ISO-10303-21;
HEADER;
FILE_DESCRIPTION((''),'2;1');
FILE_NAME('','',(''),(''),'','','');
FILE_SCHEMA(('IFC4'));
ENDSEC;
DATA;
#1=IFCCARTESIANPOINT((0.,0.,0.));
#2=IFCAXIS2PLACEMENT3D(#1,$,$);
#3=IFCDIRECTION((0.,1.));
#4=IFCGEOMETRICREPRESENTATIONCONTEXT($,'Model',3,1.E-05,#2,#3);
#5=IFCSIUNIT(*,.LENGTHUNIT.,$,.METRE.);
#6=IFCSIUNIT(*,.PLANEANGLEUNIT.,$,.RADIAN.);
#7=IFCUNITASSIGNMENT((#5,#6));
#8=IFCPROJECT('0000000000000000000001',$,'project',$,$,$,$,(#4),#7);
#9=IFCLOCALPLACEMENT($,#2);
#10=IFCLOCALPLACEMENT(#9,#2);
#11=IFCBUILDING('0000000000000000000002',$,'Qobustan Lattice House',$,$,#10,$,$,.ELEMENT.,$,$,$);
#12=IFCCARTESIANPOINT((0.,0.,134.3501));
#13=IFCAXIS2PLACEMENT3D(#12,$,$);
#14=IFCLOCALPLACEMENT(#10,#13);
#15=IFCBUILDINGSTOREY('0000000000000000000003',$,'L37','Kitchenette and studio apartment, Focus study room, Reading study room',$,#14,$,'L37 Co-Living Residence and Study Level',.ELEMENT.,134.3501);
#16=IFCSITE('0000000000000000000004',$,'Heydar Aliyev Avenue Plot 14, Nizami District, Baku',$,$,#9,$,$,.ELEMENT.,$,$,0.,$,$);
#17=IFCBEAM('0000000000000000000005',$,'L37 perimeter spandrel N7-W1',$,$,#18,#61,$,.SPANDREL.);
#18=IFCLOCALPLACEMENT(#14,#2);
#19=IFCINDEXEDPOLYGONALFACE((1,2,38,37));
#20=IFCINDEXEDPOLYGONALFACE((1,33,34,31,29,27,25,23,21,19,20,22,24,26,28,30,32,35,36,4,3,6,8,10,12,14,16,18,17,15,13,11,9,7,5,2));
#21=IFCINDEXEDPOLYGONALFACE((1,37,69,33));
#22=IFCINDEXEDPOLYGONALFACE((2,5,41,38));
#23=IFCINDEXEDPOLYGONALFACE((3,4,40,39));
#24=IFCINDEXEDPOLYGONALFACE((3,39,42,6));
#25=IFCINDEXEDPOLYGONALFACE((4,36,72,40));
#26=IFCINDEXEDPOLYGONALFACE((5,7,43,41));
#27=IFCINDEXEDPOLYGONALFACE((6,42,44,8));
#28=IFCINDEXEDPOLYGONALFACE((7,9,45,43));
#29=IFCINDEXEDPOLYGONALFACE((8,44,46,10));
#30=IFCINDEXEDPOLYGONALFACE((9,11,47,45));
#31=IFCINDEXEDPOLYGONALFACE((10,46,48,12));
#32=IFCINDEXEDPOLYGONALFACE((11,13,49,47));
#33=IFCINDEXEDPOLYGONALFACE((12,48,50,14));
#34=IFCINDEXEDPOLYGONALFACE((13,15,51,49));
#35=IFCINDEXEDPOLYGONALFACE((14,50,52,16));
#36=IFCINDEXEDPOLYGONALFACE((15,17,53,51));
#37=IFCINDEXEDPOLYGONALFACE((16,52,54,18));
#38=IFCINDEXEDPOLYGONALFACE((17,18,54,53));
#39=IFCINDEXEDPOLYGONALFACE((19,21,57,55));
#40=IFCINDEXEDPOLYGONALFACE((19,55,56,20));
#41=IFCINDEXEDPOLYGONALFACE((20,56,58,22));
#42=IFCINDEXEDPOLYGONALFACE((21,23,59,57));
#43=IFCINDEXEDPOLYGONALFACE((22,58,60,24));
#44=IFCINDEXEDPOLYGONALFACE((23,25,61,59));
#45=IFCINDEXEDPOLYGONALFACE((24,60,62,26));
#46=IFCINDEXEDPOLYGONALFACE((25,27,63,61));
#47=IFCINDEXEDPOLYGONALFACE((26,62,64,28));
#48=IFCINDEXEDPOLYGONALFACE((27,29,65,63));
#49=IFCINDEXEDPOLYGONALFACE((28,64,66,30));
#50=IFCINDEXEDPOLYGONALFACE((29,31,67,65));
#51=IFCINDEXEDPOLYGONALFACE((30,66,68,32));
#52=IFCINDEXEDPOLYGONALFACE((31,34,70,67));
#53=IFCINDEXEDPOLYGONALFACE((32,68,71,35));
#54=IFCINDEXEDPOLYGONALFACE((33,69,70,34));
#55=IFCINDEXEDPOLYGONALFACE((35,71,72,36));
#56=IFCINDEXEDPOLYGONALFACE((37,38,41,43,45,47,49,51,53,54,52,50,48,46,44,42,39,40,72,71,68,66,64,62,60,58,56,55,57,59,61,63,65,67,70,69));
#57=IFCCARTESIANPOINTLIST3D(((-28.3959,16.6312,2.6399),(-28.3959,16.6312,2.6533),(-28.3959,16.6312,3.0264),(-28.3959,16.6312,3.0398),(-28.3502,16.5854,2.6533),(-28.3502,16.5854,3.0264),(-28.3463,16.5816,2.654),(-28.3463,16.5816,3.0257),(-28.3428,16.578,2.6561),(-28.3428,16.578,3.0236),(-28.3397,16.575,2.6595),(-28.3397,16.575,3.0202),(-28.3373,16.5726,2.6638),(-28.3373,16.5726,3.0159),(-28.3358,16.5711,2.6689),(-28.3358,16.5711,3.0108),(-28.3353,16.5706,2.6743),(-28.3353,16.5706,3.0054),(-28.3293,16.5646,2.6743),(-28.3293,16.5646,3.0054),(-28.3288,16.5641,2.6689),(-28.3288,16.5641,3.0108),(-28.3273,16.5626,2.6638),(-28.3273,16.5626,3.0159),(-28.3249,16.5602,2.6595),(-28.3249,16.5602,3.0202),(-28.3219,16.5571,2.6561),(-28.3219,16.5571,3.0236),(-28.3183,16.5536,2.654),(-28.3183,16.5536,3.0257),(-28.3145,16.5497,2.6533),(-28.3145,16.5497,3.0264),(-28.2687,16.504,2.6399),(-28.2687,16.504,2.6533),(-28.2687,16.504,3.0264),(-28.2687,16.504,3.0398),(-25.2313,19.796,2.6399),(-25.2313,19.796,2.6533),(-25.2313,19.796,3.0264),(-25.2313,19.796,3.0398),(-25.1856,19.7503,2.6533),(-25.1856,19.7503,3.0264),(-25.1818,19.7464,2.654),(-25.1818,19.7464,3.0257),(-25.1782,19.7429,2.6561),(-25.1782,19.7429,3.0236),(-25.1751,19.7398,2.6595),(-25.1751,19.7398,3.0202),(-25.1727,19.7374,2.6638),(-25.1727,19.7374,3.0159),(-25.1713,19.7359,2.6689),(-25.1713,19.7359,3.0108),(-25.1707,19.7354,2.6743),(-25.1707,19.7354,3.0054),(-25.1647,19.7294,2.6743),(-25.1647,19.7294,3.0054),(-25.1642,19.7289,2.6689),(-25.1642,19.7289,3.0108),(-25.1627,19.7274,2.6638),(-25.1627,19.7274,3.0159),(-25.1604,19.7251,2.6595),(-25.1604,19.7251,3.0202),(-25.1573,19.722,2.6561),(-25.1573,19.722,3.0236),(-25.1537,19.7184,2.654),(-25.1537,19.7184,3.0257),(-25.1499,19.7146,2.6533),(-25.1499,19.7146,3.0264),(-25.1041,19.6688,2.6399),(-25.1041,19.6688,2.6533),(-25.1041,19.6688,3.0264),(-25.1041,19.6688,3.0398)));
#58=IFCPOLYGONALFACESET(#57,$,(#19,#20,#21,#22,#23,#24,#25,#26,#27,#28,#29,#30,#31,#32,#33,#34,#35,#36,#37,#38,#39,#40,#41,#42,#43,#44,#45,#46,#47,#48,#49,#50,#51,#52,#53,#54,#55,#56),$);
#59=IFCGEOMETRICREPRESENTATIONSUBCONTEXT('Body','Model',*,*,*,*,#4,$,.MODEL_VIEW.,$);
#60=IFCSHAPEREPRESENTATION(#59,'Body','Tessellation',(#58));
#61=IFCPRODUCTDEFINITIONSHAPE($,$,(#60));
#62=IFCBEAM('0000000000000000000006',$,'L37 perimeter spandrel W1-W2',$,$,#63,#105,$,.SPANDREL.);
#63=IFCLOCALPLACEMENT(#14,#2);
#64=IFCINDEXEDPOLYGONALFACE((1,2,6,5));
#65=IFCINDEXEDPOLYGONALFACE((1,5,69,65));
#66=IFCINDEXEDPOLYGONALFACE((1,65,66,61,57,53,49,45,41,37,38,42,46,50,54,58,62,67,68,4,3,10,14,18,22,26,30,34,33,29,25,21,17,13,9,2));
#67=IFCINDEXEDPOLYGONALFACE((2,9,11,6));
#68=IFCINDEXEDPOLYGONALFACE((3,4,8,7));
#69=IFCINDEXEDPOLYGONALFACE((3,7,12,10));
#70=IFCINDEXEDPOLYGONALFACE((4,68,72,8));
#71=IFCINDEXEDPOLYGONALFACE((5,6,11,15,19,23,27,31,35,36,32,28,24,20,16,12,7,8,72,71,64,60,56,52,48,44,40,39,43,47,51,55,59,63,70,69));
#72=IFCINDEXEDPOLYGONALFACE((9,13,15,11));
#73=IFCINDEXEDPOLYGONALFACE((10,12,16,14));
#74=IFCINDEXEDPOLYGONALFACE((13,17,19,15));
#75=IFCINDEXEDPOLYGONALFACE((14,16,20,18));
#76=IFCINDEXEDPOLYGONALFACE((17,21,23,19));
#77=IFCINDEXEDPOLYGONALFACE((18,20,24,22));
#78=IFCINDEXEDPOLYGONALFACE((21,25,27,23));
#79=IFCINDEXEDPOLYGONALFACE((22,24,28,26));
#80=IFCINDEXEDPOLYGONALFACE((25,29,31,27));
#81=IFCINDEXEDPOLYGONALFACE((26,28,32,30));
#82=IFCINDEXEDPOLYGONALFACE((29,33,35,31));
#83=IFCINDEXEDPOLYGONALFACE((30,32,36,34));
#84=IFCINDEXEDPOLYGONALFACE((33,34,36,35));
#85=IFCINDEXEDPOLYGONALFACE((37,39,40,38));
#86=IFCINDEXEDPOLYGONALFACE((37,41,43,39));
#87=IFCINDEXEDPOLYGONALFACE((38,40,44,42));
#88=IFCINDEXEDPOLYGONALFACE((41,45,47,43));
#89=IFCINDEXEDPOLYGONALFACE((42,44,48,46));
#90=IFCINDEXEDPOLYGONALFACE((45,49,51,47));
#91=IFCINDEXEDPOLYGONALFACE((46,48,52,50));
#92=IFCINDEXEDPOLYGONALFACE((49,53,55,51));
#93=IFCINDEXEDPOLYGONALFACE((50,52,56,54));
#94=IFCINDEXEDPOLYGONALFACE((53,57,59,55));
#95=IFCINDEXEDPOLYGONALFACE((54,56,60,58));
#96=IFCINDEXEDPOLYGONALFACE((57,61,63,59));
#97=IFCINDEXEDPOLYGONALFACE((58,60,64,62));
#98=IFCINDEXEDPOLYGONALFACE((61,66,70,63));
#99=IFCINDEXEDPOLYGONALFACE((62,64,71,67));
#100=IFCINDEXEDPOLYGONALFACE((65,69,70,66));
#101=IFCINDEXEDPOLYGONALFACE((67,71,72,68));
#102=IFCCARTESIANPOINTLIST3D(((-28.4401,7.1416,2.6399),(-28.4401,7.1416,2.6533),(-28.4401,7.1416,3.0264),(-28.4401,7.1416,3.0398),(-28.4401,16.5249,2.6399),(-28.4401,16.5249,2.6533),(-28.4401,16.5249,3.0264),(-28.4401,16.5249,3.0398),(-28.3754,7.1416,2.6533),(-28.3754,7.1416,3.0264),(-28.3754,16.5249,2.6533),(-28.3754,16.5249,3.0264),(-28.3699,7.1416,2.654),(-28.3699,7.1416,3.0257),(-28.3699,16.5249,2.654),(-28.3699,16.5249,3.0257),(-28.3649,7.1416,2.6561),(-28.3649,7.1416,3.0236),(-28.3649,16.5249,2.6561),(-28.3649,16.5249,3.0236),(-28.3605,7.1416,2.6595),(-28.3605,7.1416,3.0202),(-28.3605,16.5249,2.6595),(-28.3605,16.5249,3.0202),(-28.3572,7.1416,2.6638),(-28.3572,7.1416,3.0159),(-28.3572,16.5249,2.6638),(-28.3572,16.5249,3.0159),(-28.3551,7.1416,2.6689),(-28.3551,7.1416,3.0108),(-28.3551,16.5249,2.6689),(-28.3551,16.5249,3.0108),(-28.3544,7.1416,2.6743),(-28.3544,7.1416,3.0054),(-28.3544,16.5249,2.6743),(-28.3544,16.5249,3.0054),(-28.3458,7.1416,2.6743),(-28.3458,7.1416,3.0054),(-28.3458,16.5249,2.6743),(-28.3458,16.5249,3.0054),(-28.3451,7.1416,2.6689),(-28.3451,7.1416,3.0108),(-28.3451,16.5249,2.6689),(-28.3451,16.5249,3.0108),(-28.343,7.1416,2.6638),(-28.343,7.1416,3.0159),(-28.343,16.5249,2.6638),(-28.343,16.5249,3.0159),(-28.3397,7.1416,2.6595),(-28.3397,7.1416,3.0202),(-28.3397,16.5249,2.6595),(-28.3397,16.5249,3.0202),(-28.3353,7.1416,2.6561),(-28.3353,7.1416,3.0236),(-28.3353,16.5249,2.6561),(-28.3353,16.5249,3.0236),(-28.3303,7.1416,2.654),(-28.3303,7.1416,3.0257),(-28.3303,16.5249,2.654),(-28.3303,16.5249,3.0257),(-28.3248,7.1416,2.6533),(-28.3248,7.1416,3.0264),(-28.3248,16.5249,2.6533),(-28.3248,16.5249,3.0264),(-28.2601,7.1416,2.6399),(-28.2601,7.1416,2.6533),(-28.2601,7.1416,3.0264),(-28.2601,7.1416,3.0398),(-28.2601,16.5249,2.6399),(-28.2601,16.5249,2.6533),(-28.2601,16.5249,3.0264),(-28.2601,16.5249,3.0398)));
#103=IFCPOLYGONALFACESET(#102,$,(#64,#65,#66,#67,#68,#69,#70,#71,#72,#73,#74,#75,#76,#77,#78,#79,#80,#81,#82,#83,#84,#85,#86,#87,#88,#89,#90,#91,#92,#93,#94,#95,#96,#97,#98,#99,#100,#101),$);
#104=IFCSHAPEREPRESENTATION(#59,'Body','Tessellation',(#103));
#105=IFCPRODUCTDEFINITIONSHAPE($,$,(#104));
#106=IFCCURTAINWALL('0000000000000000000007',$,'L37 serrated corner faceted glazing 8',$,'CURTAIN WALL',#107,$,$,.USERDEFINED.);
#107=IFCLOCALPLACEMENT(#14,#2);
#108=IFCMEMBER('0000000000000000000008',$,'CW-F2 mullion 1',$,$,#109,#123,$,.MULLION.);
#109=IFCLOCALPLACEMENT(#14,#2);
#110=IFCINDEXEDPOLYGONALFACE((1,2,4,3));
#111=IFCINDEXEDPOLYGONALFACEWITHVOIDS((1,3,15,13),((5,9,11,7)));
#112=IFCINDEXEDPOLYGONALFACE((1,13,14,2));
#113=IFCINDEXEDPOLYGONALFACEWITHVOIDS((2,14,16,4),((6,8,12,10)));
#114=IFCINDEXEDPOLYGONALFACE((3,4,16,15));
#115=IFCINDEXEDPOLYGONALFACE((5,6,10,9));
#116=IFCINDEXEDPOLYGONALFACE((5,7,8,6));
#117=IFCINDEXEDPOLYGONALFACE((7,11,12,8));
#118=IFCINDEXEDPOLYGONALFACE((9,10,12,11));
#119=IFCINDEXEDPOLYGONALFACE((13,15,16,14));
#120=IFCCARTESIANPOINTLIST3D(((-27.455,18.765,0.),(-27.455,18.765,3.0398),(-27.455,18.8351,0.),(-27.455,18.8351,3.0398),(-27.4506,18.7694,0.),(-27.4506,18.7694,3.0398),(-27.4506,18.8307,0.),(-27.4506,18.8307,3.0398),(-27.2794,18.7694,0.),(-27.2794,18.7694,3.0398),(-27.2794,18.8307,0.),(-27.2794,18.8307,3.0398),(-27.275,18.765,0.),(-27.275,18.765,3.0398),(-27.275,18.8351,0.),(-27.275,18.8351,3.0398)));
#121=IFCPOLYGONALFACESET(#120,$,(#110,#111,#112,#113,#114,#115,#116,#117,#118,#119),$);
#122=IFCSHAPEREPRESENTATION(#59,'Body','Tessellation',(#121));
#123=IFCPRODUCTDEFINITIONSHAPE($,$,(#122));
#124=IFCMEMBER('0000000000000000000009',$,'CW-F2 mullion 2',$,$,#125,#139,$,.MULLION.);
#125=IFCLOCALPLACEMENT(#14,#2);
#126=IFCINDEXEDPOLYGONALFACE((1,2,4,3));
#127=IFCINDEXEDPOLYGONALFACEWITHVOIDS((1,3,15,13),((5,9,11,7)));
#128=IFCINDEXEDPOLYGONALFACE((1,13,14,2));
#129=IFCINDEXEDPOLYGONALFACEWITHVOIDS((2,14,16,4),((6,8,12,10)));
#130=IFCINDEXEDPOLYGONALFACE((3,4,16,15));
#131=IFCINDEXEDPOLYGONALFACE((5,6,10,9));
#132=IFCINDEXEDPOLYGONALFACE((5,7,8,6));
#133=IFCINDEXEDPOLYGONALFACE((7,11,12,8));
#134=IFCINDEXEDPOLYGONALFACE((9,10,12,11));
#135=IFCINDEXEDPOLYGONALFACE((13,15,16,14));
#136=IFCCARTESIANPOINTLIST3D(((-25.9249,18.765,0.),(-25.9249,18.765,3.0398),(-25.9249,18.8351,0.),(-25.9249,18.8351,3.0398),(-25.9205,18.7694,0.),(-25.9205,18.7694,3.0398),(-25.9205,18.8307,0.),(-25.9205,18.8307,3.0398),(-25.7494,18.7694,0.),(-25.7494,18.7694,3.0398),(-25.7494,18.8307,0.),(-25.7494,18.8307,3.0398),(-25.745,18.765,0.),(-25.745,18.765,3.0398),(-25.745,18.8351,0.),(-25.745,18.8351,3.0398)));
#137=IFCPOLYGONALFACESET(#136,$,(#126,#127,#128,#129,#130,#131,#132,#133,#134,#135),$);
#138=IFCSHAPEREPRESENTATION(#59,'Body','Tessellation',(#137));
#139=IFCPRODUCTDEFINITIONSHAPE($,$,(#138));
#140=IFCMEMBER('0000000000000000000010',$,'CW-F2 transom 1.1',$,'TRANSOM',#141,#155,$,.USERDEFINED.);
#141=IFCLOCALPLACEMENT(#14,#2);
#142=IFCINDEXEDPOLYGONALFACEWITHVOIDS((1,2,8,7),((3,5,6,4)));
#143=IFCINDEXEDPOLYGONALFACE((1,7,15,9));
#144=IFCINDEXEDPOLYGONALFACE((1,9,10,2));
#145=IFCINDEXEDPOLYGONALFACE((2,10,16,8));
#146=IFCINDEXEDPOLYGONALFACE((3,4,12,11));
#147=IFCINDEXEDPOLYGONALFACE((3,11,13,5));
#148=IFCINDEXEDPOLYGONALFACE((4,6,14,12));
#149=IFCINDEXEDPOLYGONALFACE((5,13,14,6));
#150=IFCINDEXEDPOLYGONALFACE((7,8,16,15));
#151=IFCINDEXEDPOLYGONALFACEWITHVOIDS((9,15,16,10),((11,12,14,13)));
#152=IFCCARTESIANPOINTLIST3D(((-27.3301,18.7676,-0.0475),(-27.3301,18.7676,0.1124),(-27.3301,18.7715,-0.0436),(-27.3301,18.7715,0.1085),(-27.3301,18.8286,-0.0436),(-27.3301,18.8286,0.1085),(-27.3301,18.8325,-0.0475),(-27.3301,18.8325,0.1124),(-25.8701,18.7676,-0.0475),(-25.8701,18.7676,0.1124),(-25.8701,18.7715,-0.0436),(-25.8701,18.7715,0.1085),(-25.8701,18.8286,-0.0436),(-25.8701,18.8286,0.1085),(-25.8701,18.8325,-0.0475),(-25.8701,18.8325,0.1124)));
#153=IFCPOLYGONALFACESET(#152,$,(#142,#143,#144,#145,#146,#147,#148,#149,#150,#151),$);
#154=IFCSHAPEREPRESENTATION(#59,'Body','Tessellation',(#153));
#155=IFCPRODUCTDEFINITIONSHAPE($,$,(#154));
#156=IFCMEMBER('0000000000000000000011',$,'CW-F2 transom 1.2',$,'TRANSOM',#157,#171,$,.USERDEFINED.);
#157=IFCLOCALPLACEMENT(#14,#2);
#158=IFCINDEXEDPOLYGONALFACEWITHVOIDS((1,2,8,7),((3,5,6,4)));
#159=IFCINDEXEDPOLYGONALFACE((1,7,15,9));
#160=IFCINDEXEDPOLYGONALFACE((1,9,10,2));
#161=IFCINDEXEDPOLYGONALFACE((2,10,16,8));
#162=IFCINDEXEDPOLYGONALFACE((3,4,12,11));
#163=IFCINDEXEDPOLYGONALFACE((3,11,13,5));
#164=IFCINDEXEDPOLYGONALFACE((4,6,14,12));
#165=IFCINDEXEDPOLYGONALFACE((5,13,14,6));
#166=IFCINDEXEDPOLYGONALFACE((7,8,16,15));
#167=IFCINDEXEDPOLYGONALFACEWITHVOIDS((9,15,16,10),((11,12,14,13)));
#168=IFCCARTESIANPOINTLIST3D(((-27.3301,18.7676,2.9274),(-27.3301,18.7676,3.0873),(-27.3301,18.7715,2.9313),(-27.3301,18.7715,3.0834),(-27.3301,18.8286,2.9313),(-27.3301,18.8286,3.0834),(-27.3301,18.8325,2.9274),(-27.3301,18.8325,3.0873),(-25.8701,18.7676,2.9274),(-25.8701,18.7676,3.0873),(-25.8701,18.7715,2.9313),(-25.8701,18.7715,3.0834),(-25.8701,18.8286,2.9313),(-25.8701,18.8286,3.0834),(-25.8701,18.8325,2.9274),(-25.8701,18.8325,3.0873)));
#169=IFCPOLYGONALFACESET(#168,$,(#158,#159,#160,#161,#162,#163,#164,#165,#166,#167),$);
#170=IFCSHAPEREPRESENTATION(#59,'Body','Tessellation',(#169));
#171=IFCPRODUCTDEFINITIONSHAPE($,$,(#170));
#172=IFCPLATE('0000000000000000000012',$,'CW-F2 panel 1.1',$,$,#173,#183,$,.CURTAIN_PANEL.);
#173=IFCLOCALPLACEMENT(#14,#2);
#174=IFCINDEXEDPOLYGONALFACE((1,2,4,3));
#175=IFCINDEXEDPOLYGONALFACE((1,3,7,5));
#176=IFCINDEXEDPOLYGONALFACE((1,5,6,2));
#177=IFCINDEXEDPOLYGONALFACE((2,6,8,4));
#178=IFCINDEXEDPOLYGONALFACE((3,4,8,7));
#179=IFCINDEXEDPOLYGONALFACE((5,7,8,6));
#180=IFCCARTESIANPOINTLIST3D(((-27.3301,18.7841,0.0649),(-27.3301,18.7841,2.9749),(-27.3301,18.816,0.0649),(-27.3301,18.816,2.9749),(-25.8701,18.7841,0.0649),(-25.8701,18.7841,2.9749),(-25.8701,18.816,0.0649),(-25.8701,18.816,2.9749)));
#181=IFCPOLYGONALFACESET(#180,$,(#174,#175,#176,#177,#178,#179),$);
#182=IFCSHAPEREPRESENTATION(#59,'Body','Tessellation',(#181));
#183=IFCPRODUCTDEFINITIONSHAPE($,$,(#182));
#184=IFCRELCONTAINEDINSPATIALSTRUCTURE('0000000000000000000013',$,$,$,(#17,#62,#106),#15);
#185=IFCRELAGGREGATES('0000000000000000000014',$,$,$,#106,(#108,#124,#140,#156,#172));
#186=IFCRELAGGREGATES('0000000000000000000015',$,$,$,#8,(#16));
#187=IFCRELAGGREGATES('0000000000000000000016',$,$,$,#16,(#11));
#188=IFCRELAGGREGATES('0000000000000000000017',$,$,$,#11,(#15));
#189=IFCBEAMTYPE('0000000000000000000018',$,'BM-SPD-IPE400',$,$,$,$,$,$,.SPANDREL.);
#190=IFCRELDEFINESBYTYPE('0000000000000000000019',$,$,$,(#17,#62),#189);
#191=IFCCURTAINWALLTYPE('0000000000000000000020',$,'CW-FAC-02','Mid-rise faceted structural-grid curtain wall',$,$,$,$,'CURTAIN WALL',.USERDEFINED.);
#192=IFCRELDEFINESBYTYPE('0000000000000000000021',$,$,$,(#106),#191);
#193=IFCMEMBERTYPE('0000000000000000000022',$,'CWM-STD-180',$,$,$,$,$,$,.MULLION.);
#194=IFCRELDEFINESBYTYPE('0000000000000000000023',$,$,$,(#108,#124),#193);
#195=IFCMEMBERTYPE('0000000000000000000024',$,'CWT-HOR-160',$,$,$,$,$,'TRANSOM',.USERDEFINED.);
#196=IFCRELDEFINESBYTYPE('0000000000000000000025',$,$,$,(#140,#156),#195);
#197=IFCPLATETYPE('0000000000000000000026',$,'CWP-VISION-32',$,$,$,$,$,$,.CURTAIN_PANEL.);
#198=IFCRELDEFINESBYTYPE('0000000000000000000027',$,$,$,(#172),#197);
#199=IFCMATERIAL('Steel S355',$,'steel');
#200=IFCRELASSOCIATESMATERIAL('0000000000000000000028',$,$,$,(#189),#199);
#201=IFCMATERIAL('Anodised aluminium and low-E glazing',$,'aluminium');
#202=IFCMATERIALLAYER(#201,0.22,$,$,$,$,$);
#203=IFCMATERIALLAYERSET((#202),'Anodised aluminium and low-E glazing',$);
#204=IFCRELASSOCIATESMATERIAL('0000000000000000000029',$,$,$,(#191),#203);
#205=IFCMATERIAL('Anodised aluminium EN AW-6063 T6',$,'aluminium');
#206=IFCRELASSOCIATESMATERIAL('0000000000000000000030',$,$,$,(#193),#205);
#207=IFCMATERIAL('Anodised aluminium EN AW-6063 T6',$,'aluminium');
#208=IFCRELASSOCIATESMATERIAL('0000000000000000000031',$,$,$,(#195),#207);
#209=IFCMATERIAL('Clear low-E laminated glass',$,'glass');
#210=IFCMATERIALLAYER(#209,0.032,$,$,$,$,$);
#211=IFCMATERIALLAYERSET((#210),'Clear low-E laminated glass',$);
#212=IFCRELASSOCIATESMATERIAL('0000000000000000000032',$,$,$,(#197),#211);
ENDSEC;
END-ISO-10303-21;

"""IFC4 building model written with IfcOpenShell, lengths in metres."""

from ifc_helpers import new_model, si_unit, direction, frame, origin, origin_2d, place, context, subcontext, project, spatial, rectangle, hollow_rectangle, i_section, extrude, material, layer, layer_set, material_profile, profile_set, type_object, element, aggregate, save


model = new_model("IFC4")

# Units and contexts
model_context = context("Model", 3, precision=1e-05, world=origin(), true_north=direction((0.0, 1.0)))
body_context = subcontext(model_context, "Body", "Model", "MODEL_VIEW")
ifc_project = project(units=[si_unit("LENGTHUNIT", "METRE"), si_unit("PLANEANGLEUNIT", "RADIAN")], contexts=[model_context])

# Site, building, storey
site_placement = place(None, origin())
site = spatial("IfcSite", under=ifc_project, at=site_placement, Name="Heydar Aliyev Avenue Plot 14, Nizami District, Baku", CompositionType="ELEMENT", RefElevation=0.0)
building_placement = place(site_placement, origin())
building = spatial("IfcBuilding", under=site, at=building_placement, Name="Qobustan Lattice House", CompositionType="ELEMENT")
storey_placement = place(building_placement, frame((0.0, 0.0, 134.3501)))
storey = spatial("IfcBuildingStorey", under=building, at=storey_placement, Name="L37", Description="Kitchenette and studio apartment, Focus study room, Reading study room", LongName="L37 Co-Living Residence and Study Level", CompositionType="ELEMENT", Elevation=134.3501)

# Beams
ifc_material_1 = material(Name="Steel S355", Category="steel")
ifc_material_profile_1 = material_profile(ifc_material_1, i_section(OverallWidth=0.1799, OverallDepth=0.3999, WebThickness=0.0085, FlangeThickness=0.0134, FilletRadius=0.021, at=origin_2d()), Name="IPE400")
ifc_profile_set_1 = profile_set([ifc_material_profile_1], Name="Steel S355")
beam_type_1 = type_object("IfcBeamType", Name="BM-SPD-IPE400", PredefinedType="SPANDREL", material=ifc_profile_set_1)
beam_1_placement = place(storey_placement, frame((-25.1677, 19.7324, 2.8398), z_axis=(-0.70708, -0.707134, 0.0), x_axis=(0.707134, -0.70708, 0.0)))
element("IfcBeam", 1, at=beam_1_placement, inside=storey, type_object=beam_type_1, Name="L37 perimeter spandrel N7-W1", PredefinedType="SPANDREL", context=body_context, shape_type="SweptSolid", body=[
    extrude(i_section(OverallWidth=0.1799, OverallDepth=0.3999, WebThickness=0.0085, FlangeThickness=0.0134, FilletRadius=0.021, at=origin_2d()), origin(), (0.0, 0.0, 1.0), 4.4756),
])
beam_2_placement = place(storey_placement, frame((-28.3501, 16.5249, 2.8398), z_axis=(0.0, -1.0, 0.0), x_axis=(1.0, 0.0, 0.0)))
element("IfcBeam", 2, at=beam_2_placement, inside=storey, type_object=beam_type_1, Name="L37 perimeter spandrel W1-W2", PredefinedType="SPANDREL", context=body_context, shape_type="SweptSolid", body=[
    extrude(i_section(OverallWidth=0.1799, OverallDepth=0.3999, WebThickness=0.0085, FlangeThickness=0.0134, FilletRadius=0.021, at=origin_2d()), origin(), (0.0, 0.0, 1.0), 9.3833),
])

# Curtain wall, members, plate
ifc_material_2 = material(Name="Anodised aluminium and low-E glazing", Category="aluminium")
ifc_layer_1 = layer(ifc_material_2, 0.22)
ifc_layer_set_1 = layer_set([ifc_layer_1], Name="Anodised aluminium and low-E glazing")
curtain_wall_type = type_object("IfcCurtainWallType", Name="CW-FAC-02", Description="Mid-rise faceted structural-grid curtain wall", ElementType="CURTAIN WALL", PredefinedType="USERDEFINED", material=ifc_layer_set_1)
curtain_wall_placement = place(storey_placement, origin())
curtain_wall = element("IfcCurtainWall", 3, at=curtain_wall_placement, inside=storey, type_object=curtain_wall_type, Name="L37 serrated corner faceted glazing 8", ObjectType="CURTAIN WALL", PredefinedType="USERDEFINED")
ifc_material_3 = material(Name="Anodised aluminium EN AW-6063 T6", Category="aluminium")
ifc_material_profile_2 = material_profile(ifc_material_3, hollow_rectangle(XDim=0.0701, YDim=0.1799, WallThickness=0.0044, at=origin_2d()), Name="CWM-180x70")
ifc_profile_set_2 = profile_set([ifc_material_profile_2], Name="Anodised aluminium EN AW-6063 T6")
member_type_1 = type_object("IfcMemberType", Name="CWM-STD-180", PredefinedType="MULLION", material=ifc_profile_set_2)
member_1_placement = place(storey_placement, frame((-27.365, 18.8, 0.0), z_axis=(0.0, 0.0, 1.0), x_axis=(0.0, 1.0, 0.0)))
member_1 = element("IfcMember", 4, at=member_1_placement, type_object=member_type_1, Name="CW-F2 mullion 1", PredefinedType="MULLION", context=body_context, shape_type="SweptSolid", body=[
    extrude(hollow_rectangle(XDim=0.0701, YDim=0.1799, WallThickness=0.0044, at=origin_2d()), origin(), (0.0, 0.0, 1.0), 3.0398),
])
member_2_placement = place(storey_placement, frame((-25.835, 18.8, 0.0), z_axis=(0.0, 0.0, 1.0), x_axis=(0.0, 1.0, 0.0)))
member_2 = element("IfcMember", 5, at=member_2_placement, type_object=member_type_1, Name="CW-F2 mullion 2", PredefinedType="MULLION", context=body_context, shape_type="SweptSolid", body=[
    extrude(hollow_rectangle(XDim=0.0701, YDim=0.1799, WallThickness=0.0044, at=origin_2d()), origin(), (0.0, 0.0, 1.0), 3.0398),
])
ifc_material_4 = material(Name="Anodised aluminium EN AW-6063 T6", Category="aluminium")
ifc_material_profile_3 = material_profile(ifc_material_4, hollow_rectangle(XDim=0.0649, YDim=0.1599, WallThickness=0.0039, at=origin_2d()), Name="CWT-160x65")
ifc_profile_set_3 = profile_set([ifc_material_profile_3], Name="Anodised aluminium EN AW-6063 T6")
member_type_2 = type_object("IfcMemberType", Name="CWT-HOR-160", ElementType="TRANSOM", PredefinedType="USERDEFINED", material=ifc_profile_set_3)
member_3_placement = place(storey_placement, frame((-27.3301, 18.8, 0.0325), z_axis=(1.0, 0.0, 0.0), x_axis=(0.0, 1.0, 0.0)))
member_3 = element("IfcMember", 6, at=member_3_placement, type_object=member_type_2, Name="CW-F2 transom 1.1", ObjectType="TRANSOM", PredefinedType="USERDEFINED", context=body_context, shape_type="SweptSolid", body=[
    extrude(hollow_rectangle(XDim=0.0649, YDim=0.1599, WallThickness=0.0039, at=origin_2d()), origin(), (0.0, 0.0, 1.0), 1.46),
])
member_4_placement = place(storey_placement, frame((-27.3301, 18.8, 3.0073), z_axis=(1.0, 0.0, 0.0), x_axis=(0.0, 1.0, 0.0)))
member_4 = element("IfcMember", 7, at=member_4_placement, type_object=member_type_2, Name="CW-F2 transom 1.2", ObjectType="TRANSOM", PredefinedType="USERDEFINED", context=body_context, shape_type="SweptSolid", body=[
    extrude(hollow_rectangle(XDim=0.0649, YDim=0.1599, WallThickness=0.0039, at=origin_2d()), origin(), (0.0, 0.0, 1.0), 1.46),
])
ifc_material_5 = material(Name="Clear low-E laminated glass", Category="glass")
ifc_layer_2 = layer(ifc_material_5, 0.032)
ifc_layer_set_2 = layer_set([ifc_layer_2], Name="Clear low-E laminated glass")
plate_type_1 = type_object("IfcPlateType", Name="CWP-VISION-32", PredefinedType="CURTAIN_PANEL", material=ifc_layer_set_2)
plate_1_placement = place(storey_placement, frame((-26.6001, 18.8, 0.0649), z_axis=(0.0, 0.0, 1.0), x_axis=(1.0, 0.0, 0.0)))
plate_1 = element("IfcPlate", 8, at=plate_1_placement, type_object=plate_type_1, Name="CW-F2 panel 1.1", PredefinedType="CURTAIN_PANEL", context=body_context, shape_type="SweptSolid", body=[
    extrude(rectangle(XDim=1.46, YDim=0.032, at=origin_2d()), origin(), (0.0, 0.0, 1.0), 2.9099),
])
aggregate(curtain_wall, [member_1, member_2, member_3, member_4, plate_1])

save(model, "model.ifc")
